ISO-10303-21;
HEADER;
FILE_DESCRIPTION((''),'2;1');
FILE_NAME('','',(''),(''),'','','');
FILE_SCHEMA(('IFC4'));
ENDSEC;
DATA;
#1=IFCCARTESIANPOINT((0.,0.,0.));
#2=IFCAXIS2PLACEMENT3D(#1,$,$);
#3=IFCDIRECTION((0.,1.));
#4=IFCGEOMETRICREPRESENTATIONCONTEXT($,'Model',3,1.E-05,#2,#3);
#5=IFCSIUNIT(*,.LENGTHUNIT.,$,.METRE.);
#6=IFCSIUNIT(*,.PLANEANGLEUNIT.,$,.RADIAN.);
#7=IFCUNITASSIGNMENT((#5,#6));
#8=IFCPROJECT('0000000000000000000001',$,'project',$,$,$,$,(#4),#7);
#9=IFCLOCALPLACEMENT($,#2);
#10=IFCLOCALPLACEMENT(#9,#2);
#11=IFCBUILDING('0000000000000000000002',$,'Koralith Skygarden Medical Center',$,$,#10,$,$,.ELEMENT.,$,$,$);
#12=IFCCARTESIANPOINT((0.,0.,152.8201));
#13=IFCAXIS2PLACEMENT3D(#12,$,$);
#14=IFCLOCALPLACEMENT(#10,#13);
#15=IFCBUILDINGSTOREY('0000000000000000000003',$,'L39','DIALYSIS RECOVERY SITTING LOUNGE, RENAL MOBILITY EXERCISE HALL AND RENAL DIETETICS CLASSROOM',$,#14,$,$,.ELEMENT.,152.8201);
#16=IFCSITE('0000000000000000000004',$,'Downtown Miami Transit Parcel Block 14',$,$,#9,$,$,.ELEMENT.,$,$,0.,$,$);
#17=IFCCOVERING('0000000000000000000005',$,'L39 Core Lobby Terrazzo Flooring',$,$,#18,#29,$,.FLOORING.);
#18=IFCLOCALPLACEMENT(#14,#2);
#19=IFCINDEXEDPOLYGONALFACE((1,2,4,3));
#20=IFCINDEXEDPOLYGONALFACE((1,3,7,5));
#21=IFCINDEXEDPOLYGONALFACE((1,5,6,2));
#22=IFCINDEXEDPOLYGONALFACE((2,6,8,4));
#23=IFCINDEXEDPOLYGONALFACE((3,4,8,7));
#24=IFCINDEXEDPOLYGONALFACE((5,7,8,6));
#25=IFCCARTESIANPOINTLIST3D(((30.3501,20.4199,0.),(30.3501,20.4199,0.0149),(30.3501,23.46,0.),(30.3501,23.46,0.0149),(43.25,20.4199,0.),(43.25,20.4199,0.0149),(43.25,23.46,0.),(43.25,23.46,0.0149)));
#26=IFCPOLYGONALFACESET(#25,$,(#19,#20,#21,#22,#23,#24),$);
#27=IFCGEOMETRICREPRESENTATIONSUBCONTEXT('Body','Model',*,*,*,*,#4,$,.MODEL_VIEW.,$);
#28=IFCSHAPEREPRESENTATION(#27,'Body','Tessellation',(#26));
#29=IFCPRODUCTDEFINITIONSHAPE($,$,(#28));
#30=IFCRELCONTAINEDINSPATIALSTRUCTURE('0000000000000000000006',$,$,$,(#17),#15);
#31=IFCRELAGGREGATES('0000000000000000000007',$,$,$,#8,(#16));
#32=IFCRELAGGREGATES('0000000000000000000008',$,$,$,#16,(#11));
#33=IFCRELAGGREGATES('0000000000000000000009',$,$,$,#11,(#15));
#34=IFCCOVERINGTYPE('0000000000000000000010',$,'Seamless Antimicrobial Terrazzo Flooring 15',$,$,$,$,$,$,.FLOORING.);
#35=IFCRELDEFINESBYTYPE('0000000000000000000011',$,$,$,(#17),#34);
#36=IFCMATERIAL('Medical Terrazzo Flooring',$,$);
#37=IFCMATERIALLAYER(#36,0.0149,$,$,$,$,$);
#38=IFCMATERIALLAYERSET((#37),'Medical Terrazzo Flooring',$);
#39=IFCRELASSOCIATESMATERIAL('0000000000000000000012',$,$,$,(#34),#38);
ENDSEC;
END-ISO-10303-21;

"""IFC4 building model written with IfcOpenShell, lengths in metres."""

from ifc_helpers import new_model, si_unit, direction, frame, origin, place, context, subcontext, project, spatial, polyline, outline, extrude, material, layer, layer_set, type_object, element, save


model = new_model("IFC4")

# Units and contexts
model_context = context("Model", 3, precision=1e-05, world=origin(), true_north=direction((0.0, 1.0)))
body_context = subcontext(model_context, "Body", "Model", "MODEL_VIEW")
ifc_project = project(units=[si_unit("LENGTHUNIT", "METRE"), si_unit("PLANEANGLEUNIT", "RADIAN")], contexts=[model_context])

# Site, building, storey
site_placement = place(None, origin())
site = spatial("IfcSite", under=ifc_project, at=site_placement, Name="Downtown Miami Transit Parcel Block 14", CompositionType="ELEMENT", RefElevation=0.0)
building_placement = place(site_placement, origin())
building = spatial("IfcBuilding", under=site, at=building_placement, Name="Koralith Skygarden Medical Center", CompositionType="ELEMENT")
storey_placement = place(building_placement, frame((0.0, 0.0, 152.8201)))
storey = spatial("IfcBuildingStorey", under=building, at=storey_placement, Name="L39", Description="DIALYSIS RECOVERY SITTING LOUNGE, RENAL MOBILITY EXERCISE HALL AND RENAL DIETETICS CLASSROOM", CompositionType="ELEMENT", Elevation=152.8201)

# Covering
ifc_material_1 = material(Name="Medical Terrazzo Flooring")
ifc_layer_1 = layer(ifc_material_1, 0.0149)
ifc_layer_set_1 = layer_set([ifc_layer_1], Name="Medical Terrazzo Flooring")
covering_type_1 = type_object("IfcCoveringType", Name="Seamless Antimicrobial Terrazzo Flooring 15", PredefinedType="FLOORING", material=ifc_layer_set_1)
covering_1_placement = place(storey_placement, origin())
element("IfcCovering", 1, at=covering_1_placement, inside=storey, type_object=covering_type_1, Name="L39 Core Lobby Terrazzo Flooring", PredefinedType="FLOORING", context=body_context, shape_type="SweptSolid", body=[
    extrude(outline(polyline([(30.3501, 20.4199), (43.25, 20.4199), (43.25, 23.46), (30.3501, 23.46), (30.3501, 20.4199)])), origin(), (0.0, 0.0, 1.0), 0.0149),
])

save(model, "model.ifc")
